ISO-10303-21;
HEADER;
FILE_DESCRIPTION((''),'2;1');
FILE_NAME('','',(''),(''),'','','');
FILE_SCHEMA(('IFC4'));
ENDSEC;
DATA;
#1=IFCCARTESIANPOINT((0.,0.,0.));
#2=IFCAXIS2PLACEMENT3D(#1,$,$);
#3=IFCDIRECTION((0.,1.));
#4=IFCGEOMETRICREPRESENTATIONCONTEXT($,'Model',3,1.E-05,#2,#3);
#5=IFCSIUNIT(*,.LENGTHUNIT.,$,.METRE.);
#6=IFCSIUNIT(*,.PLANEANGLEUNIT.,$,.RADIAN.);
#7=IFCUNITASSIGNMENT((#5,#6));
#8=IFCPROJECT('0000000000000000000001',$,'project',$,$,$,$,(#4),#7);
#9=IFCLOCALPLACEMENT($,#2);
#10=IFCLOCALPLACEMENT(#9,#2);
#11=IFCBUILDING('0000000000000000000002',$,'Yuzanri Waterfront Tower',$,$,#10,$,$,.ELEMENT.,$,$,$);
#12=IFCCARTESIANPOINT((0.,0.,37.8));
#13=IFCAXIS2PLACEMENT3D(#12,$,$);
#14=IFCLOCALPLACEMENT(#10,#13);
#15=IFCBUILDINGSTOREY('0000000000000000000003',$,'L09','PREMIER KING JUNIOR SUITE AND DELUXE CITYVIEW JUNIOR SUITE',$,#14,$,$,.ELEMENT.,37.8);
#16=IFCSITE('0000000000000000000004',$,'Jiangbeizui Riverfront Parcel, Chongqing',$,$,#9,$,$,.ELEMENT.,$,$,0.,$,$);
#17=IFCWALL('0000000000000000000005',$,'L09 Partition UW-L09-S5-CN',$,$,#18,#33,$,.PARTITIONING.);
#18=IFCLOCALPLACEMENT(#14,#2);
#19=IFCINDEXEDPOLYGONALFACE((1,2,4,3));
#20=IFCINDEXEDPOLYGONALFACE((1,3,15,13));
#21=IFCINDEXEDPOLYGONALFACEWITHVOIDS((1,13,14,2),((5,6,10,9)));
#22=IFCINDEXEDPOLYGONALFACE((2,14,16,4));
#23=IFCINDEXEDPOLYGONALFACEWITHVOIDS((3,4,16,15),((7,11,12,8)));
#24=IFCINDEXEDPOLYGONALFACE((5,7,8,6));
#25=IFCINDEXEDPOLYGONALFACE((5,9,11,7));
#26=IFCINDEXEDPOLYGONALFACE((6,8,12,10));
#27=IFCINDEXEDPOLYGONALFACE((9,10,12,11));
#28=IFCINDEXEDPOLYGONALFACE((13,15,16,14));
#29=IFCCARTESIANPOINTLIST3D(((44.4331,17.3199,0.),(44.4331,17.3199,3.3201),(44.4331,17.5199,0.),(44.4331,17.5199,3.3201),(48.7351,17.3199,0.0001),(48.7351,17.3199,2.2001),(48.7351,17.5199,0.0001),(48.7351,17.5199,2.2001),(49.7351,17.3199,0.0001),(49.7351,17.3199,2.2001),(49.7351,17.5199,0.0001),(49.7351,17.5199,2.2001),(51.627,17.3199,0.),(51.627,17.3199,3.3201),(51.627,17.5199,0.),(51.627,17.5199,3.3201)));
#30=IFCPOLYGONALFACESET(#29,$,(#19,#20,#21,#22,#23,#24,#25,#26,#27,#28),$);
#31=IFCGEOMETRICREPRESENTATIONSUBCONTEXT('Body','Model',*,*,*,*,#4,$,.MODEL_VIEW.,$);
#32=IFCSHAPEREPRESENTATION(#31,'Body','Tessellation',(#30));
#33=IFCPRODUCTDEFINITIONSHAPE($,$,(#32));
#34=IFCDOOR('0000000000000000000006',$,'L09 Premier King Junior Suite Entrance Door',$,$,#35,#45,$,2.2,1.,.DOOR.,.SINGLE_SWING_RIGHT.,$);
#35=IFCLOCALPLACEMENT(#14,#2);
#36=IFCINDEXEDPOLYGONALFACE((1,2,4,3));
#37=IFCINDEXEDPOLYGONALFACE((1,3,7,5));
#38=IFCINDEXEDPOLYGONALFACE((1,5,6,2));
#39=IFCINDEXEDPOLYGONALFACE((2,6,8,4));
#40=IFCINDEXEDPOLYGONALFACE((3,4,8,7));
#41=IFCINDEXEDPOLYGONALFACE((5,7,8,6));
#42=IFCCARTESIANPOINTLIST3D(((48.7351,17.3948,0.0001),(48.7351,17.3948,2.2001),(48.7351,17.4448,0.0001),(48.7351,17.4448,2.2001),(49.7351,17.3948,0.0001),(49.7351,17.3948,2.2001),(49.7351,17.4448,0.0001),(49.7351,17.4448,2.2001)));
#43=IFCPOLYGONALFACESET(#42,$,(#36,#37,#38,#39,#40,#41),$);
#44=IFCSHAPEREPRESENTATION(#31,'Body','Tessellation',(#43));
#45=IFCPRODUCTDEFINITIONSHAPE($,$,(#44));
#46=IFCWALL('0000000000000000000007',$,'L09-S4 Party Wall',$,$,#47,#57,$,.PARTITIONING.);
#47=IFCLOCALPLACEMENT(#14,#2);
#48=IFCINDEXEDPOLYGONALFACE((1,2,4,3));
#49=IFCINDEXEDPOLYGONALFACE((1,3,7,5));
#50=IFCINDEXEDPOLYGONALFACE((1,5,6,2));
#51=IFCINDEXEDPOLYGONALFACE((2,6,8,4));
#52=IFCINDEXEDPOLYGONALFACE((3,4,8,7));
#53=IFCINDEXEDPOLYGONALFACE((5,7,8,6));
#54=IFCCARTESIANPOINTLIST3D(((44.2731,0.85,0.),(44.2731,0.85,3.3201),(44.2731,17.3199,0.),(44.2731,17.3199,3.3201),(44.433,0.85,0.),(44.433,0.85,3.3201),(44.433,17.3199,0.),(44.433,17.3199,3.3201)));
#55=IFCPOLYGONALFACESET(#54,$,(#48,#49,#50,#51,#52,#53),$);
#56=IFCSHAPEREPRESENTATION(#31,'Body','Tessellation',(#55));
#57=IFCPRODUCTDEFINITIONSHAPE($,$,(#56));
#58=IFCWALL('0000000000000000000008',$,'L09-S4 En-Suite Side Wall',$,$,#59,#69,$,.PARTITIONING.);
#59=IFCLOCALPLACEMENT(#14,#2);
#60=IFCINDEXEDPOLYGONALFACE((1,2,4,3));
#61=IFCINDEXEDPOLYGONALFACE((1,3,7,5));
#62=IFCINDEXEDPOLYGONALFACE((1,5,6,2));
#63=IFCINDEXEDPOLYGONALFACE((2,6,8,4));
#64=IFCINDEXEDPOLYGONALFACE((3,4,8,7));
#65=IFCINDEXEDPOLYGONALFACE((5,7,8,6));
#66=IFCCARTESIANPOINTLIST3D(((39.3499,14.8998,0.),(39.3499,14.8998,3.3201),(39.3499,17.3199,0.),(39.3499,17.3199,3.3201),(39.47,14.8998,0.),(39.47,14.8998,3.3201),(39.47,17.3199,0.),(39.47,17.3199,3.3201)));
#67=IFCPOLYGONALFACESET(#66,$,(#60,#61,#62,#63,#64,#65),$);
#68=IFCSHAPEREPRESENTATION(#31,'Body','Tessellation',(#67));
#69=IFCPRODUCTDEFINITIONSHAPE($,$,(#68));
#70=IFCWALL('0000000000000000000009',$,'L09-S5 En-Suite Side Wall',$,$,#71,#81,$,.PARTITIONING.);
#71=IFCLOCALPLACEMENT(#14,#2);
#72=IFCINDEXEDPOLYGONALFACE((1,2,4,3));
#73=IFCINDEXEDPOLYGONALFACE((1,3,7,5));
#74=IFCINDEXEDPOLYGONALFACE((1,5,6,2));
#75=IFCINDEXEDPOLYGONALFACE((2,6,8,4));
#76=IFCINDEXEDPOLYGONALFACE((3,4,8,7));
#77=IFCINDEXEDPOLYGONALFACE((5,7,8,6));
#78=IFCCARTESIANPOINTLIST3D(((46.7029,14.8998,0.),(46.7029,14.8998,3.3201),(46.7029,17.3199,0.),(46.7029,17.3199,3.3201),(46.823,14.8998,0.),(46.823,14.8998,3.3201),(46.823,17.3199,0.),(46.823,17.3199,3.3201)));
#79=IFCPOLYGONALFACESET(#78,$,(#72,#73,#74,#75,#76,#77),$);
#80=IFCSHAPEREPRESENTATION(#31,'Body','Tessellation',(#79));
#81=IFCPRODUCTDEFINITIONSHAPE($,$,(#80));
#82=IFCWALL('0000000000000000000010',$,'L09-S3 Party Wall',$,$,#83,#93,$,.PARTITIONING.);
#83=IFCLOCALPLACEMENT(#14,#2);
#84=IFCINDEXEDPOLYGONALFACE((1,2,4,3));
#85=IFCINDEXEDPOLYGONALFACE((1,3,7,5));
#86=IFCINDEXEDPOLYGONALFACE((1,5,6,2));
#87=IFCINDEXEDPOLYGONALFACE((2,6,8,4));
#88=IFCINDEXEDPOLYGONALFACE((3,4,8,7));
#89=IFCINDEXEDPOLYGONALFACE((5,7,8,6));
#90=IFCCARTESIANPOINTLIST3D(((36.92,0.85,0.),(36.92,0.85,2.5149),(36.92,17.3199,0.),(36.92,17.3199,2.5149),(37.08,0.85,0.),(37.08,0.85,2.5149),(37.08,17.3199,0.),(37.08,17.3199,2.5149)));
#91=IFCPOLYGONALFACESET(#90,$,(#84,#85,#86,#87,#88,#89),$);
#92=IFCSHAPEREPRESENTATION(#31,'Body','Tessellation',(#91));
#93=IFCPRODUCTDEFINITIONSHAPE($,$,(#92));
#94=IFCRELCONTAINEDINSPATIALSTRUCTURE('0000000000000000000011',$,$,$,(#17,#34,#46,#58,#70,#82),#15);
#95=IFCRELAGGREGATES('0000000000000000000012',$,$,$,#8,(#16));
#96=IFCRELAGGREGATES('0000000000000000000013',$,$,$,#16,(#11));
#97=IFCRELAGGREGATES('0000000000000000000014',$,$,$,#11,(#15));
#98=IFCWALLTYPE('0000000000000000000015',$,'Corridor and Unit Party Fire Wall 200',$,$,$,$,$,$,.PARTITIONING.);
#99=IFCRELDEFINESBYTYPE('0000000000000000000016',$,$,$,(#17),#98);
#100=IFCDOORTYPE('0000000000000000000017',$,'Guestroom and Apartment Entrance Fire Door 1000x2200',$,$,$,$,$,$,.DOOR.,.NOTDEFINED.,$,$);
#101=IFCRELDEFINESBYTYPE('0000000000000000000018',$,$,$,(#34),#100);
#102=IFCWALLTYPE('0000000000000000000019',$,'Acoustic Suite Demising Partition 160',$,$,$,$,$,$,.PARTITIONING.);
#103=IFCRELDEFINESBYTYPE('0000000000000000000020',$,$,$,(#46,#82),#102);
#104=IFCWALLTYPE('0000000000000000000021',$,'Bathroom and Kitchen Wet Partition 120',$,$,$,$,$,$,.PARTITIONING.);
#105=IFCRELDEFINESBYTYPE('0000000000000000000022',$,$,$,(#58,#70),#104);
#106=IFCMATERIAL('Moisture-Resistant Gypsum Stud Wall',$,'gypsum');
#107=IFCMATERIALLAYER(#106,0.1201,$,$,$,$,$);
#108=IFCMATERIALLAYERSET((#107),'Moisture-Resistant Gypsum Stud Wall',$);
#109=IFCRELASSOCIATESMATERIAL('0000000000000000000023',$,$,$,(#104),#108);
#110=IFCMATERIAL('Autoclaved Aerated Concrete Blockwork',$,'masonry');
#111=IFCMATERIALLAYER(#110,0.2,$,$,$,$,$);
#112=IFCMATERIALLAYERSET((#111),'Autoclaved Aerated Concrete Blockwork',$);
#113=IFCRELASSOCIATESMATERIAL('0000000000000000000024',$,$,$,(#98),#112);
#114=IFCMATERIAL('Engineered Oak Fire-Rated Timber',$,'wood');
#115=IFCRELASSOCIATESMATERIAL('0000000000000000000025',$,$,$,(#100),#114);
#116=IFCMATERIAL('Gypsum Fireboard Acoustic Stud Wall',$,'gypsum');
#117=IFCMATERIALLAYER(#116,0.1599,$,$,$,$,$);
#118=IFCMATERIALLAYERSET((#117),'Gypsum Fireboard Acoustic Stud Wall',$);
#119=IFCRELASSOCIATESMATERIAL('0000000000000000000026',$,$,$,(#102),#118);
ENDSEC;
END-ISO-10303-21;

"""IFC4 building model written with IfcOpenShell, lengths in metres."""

from ifc_helpers import new_model, si_unit, direction, frame, frame_2d, origin, place, context, subcontext, project, spatial, rectangle, extrude, source, transform, mapped, material, layer, layer_set, type_object, element, fill, save


model = new_model("IFC4")

# Units and contexts
model_context = context("Model", 3, precision=1e-05, world=origin(), true_north=direction((0.0, 1.0)))
body_context = subcontext(model_context, "Body", "Model", "MODEL_VIEW")
ifc_project = project(units=[si_unit("LENGTHUNIT", "METRE"), si_unit("PLANEANGLEUNIT", "RADIAN")], contexts=[model_context])

# Site, building, storey
site_placement = place(None, origin())
site = spatial("IfcSite", under=ifc_project, at=site_placement, Name="Jiangbeizui Riverfront Parcel, Chongqing", CompositionType="ELEMENT", RefElevation=0.0)
building_placement = place(site_placement, origin())
building = spatial("IfcBuilding", under=site, at=building_placement, Name="Yuzanri Waterfront Tower", CompositionType="ELEMENT")
storey_placement = place(building_placement, frame((0.0, 0.0, 37.8)))
storey = spatial("IfcBuildingStorey", under=building, at=storey_placement, Name="L09", Description="PREMIER KING JUNIOR SUITE AND DELUXE CITYVIEW JUNIOR SUITE", CompositionType="ELEMENT", Elevation=37.8)

# Wall, opening, door
ifc_material_1 = material(Name="Moisture-Resistant Gypsum Stud Wall", Category="gypsum")
ifc_layer_1 = layer(ifc_material_1, 0.1201)
ifc_layer_set_1 = layer_set([ifc_layer_1], Name="Moisture-Resistant Gypsum Stud Wall")
wall_type_1 = type_object("IfcWallType", Name="Bathroom and Kitchen Wet Partition 120", PredefinedType="PARTITIONING", material=ifc_layer_set_1)
ifc_material_2 = material(Name="Autoclaved Aerated Concrete Blockwork", Category="masonry")
ifc_layer_2 = layer(ifc_material_2, 0.2)
ifc_layer_set_2 = layer_set([ifc_layer_2], Name="Autoclaved Aerated Concrete Blockwork")
wall_type_2 = type_object("IfcWallType", Name="Corridor and Unit Party Fire Wall 200", PredefinedType="PARTITIONING", material=ifc_layer_set_2)
ifc_material_3 = material(Name="Engineered Oak Fire-Rated Timber", Category="wood")
door_type_1 = type_object("IfcDoorType", Name="Guestroom and Apartment Entrance Fire Door 1000x2200", OperationType="NOTDEFINED", PredefinedType="DOOR", material=ifc_material_3)
shared_shape_1 = source(origin(), body_context, "Body", "SweptSolid", [
    extrude(rectangle(XDim=1.0, YDim=2.2, at=frame_2d((0.5, 1.1001))), frame((0.0, 0.0249, 0.0), z_axis=(0.0, -1.0, 0.0), x_axis=(1.0, 0.0, 0.0)), (0.0, 0.0, 1.0), 0.05),
])
wall_1_placement = place(storey_placement, frame((44.4331, 17.4199, 0.0), z_axis=(0.0, 0.0, 1.0), x_axis=(1.0, 0.0, 0.0)))
wall_1 = element("IfcWall", 1, at=wall_1_placement, inside=storey, type_object=wall_type_2, Name="L09 Partition UW-L09-S5-CN", PredefinedType="PARTITIONING", context=body_context, shape_type="SweptSolid", body=[
    extrude(rectangle(XDim=7.1938, YDim=0.2, at=frame_2d((3.5969, 0.0))), origin(), (0.0, 0.0, 1.0), 3.3201),
])
opening_1_placement = place(wall_1_placement, frame((4.302, 0.0, 0.0)))
opening_1 = element("IfcOpeningElement", 2, at=opening_1_placement, cuts=wall_1, PredefinedType="OPENING", context=body_context, shape_type="SweptSolid", body=[
    extrude(rectangle(XDim=1.0, YDim=2.2, at=frame_2d((0.5, 1.1001))), frame((0.0, 0.1147, 0.0), z_axis=(0.0, -1.0, 0.0), x_axis=(1.0, 0.0, 0.0)), (0.0, 0.0, 1.0), 0.2297),
])
door_1_placement = place(opening_1_placement, origin())
door_1 = element("IfcDoor", 3, at=door_1_placement, inside=storey, type_object=door_type_1, Name="L09 Premier King Junior Suite Entrance Door", OperationType="SINGLE_SWING_RIGHT", OverallHeight=2.2, OverallWidth=1.0, PredefinedType="DOOR", context=body_context, shape_type="MappedRepresentation", body=[
    mapped(shared_shape_1, transform((0.0, 0.0, 0.0), scale=1.0)),
])
fill(opening_1, door_1)

# Walls
ifc_material_4 = material(Name="Gypsum Fireboard Acoustic Stud Wall", Category="gypsum")
ifc_layer_3 = layer(ifc_material_4, 0.1599)
ifc_layer_set_3 = layer_set([ifc_layer_3], Name="Gypsum Fireboard Acoustic Stud Wall")
wall_type_3 = type_object("IfcWallType", Name="Acoustic Suite Demising Partition 160", PredefinedType="PARTITIONING", material=ifc_layer_set_3)
shared_shape_2 = source(origin(), body_context, "Body", "SweptSolid", [
    extrude(rectangle(XDim=16.47, YDim=0.1599, at=frame_2d((8.2349, 0.0))), origin(), (0.0, 0.0, 1.0), 3.3201),
])
wall_2_placement = place(storey_placement, frame((44.353, 0.8501, 0.0), z_axis=(0.0, 0.0, 1.0), x_axis=(0.0, 1.0, 0.0)))
element("IfcWall", 4, at=wall_2_placement, inside=storey, type_object=wall_type_3, Name="L09-S4 Party Wall", PredefinedType="PARTITIONING", context=body_context, shape_type="MappedRepresentation", body=[
    mapped(shared_shape_2, transform((0.0, 0.0, 0.0), scale=1.0)),
])
shared_shape_3 = source(origin(), body_context, "Body", "SweptSolid", [
    extrude(rectangle(XDim=2.4202, YDim=0.1201, at=frame_2d((1.21, 0.0))), origin(), (0.0, 0.0, 1.0), 3.3201),
])
for number, where, z_axis, x_axis, name in (
    (5, (39.4099, 14.8999, 0.0), (0.0, 0.0, 1.0), (0.0, 1.0, 0.0), "L09-S4 En-Suite Side Wall"),
    (6, (46.7629, 14.8999, 0.0), (0.0, 0.0, 1.0), (0.0, 1.0, 0.0), "L09-S5 En-Suite Side Wall"),
):
    element("IfcWall", number, at=place(storey_placement, frame(where, z_axis=z_axis, x_axis=x_axis)), inside=storey, type_object=wall_type_1, Name=name, PredefinedType="PARTITIONING", context=body_context, shape_type="MappedRepresentation", body=[
        mapped(shared_shape_3, transform((0.0, 0.0, 0.0), scale=1.0)),
    ])
shared_shape_4 = source(origin(), body_context, "Body", "SweptSolid", [
    extrude(rectangle(XDim=16.47, YDim=0.1599, at=frame_2d((8.2349, 0.0))), origin(), (0.0, 0.0, 1.0), 2.5149),
])
wall_3_placement = place(storey_placement, frame((37.0, 0.8501, 0.0), z_axis=(0.0, 0.0, 1.0), x_axis=(0.0, 1.0, 0.0)))
element("IfcWall", 7, at=wall_3_placement, inside=storey, type_object=wall_type_3, Name="L09-S3 Party Wall", PredefinedType="PARTITIONING", context=body_context, shape_type="MappedRepresentation", body=[
    mapped(shared_shape_4, transform((0.0, 0.0, 0.0), scale=1.0)),
])

save(model, "model.ifc")
